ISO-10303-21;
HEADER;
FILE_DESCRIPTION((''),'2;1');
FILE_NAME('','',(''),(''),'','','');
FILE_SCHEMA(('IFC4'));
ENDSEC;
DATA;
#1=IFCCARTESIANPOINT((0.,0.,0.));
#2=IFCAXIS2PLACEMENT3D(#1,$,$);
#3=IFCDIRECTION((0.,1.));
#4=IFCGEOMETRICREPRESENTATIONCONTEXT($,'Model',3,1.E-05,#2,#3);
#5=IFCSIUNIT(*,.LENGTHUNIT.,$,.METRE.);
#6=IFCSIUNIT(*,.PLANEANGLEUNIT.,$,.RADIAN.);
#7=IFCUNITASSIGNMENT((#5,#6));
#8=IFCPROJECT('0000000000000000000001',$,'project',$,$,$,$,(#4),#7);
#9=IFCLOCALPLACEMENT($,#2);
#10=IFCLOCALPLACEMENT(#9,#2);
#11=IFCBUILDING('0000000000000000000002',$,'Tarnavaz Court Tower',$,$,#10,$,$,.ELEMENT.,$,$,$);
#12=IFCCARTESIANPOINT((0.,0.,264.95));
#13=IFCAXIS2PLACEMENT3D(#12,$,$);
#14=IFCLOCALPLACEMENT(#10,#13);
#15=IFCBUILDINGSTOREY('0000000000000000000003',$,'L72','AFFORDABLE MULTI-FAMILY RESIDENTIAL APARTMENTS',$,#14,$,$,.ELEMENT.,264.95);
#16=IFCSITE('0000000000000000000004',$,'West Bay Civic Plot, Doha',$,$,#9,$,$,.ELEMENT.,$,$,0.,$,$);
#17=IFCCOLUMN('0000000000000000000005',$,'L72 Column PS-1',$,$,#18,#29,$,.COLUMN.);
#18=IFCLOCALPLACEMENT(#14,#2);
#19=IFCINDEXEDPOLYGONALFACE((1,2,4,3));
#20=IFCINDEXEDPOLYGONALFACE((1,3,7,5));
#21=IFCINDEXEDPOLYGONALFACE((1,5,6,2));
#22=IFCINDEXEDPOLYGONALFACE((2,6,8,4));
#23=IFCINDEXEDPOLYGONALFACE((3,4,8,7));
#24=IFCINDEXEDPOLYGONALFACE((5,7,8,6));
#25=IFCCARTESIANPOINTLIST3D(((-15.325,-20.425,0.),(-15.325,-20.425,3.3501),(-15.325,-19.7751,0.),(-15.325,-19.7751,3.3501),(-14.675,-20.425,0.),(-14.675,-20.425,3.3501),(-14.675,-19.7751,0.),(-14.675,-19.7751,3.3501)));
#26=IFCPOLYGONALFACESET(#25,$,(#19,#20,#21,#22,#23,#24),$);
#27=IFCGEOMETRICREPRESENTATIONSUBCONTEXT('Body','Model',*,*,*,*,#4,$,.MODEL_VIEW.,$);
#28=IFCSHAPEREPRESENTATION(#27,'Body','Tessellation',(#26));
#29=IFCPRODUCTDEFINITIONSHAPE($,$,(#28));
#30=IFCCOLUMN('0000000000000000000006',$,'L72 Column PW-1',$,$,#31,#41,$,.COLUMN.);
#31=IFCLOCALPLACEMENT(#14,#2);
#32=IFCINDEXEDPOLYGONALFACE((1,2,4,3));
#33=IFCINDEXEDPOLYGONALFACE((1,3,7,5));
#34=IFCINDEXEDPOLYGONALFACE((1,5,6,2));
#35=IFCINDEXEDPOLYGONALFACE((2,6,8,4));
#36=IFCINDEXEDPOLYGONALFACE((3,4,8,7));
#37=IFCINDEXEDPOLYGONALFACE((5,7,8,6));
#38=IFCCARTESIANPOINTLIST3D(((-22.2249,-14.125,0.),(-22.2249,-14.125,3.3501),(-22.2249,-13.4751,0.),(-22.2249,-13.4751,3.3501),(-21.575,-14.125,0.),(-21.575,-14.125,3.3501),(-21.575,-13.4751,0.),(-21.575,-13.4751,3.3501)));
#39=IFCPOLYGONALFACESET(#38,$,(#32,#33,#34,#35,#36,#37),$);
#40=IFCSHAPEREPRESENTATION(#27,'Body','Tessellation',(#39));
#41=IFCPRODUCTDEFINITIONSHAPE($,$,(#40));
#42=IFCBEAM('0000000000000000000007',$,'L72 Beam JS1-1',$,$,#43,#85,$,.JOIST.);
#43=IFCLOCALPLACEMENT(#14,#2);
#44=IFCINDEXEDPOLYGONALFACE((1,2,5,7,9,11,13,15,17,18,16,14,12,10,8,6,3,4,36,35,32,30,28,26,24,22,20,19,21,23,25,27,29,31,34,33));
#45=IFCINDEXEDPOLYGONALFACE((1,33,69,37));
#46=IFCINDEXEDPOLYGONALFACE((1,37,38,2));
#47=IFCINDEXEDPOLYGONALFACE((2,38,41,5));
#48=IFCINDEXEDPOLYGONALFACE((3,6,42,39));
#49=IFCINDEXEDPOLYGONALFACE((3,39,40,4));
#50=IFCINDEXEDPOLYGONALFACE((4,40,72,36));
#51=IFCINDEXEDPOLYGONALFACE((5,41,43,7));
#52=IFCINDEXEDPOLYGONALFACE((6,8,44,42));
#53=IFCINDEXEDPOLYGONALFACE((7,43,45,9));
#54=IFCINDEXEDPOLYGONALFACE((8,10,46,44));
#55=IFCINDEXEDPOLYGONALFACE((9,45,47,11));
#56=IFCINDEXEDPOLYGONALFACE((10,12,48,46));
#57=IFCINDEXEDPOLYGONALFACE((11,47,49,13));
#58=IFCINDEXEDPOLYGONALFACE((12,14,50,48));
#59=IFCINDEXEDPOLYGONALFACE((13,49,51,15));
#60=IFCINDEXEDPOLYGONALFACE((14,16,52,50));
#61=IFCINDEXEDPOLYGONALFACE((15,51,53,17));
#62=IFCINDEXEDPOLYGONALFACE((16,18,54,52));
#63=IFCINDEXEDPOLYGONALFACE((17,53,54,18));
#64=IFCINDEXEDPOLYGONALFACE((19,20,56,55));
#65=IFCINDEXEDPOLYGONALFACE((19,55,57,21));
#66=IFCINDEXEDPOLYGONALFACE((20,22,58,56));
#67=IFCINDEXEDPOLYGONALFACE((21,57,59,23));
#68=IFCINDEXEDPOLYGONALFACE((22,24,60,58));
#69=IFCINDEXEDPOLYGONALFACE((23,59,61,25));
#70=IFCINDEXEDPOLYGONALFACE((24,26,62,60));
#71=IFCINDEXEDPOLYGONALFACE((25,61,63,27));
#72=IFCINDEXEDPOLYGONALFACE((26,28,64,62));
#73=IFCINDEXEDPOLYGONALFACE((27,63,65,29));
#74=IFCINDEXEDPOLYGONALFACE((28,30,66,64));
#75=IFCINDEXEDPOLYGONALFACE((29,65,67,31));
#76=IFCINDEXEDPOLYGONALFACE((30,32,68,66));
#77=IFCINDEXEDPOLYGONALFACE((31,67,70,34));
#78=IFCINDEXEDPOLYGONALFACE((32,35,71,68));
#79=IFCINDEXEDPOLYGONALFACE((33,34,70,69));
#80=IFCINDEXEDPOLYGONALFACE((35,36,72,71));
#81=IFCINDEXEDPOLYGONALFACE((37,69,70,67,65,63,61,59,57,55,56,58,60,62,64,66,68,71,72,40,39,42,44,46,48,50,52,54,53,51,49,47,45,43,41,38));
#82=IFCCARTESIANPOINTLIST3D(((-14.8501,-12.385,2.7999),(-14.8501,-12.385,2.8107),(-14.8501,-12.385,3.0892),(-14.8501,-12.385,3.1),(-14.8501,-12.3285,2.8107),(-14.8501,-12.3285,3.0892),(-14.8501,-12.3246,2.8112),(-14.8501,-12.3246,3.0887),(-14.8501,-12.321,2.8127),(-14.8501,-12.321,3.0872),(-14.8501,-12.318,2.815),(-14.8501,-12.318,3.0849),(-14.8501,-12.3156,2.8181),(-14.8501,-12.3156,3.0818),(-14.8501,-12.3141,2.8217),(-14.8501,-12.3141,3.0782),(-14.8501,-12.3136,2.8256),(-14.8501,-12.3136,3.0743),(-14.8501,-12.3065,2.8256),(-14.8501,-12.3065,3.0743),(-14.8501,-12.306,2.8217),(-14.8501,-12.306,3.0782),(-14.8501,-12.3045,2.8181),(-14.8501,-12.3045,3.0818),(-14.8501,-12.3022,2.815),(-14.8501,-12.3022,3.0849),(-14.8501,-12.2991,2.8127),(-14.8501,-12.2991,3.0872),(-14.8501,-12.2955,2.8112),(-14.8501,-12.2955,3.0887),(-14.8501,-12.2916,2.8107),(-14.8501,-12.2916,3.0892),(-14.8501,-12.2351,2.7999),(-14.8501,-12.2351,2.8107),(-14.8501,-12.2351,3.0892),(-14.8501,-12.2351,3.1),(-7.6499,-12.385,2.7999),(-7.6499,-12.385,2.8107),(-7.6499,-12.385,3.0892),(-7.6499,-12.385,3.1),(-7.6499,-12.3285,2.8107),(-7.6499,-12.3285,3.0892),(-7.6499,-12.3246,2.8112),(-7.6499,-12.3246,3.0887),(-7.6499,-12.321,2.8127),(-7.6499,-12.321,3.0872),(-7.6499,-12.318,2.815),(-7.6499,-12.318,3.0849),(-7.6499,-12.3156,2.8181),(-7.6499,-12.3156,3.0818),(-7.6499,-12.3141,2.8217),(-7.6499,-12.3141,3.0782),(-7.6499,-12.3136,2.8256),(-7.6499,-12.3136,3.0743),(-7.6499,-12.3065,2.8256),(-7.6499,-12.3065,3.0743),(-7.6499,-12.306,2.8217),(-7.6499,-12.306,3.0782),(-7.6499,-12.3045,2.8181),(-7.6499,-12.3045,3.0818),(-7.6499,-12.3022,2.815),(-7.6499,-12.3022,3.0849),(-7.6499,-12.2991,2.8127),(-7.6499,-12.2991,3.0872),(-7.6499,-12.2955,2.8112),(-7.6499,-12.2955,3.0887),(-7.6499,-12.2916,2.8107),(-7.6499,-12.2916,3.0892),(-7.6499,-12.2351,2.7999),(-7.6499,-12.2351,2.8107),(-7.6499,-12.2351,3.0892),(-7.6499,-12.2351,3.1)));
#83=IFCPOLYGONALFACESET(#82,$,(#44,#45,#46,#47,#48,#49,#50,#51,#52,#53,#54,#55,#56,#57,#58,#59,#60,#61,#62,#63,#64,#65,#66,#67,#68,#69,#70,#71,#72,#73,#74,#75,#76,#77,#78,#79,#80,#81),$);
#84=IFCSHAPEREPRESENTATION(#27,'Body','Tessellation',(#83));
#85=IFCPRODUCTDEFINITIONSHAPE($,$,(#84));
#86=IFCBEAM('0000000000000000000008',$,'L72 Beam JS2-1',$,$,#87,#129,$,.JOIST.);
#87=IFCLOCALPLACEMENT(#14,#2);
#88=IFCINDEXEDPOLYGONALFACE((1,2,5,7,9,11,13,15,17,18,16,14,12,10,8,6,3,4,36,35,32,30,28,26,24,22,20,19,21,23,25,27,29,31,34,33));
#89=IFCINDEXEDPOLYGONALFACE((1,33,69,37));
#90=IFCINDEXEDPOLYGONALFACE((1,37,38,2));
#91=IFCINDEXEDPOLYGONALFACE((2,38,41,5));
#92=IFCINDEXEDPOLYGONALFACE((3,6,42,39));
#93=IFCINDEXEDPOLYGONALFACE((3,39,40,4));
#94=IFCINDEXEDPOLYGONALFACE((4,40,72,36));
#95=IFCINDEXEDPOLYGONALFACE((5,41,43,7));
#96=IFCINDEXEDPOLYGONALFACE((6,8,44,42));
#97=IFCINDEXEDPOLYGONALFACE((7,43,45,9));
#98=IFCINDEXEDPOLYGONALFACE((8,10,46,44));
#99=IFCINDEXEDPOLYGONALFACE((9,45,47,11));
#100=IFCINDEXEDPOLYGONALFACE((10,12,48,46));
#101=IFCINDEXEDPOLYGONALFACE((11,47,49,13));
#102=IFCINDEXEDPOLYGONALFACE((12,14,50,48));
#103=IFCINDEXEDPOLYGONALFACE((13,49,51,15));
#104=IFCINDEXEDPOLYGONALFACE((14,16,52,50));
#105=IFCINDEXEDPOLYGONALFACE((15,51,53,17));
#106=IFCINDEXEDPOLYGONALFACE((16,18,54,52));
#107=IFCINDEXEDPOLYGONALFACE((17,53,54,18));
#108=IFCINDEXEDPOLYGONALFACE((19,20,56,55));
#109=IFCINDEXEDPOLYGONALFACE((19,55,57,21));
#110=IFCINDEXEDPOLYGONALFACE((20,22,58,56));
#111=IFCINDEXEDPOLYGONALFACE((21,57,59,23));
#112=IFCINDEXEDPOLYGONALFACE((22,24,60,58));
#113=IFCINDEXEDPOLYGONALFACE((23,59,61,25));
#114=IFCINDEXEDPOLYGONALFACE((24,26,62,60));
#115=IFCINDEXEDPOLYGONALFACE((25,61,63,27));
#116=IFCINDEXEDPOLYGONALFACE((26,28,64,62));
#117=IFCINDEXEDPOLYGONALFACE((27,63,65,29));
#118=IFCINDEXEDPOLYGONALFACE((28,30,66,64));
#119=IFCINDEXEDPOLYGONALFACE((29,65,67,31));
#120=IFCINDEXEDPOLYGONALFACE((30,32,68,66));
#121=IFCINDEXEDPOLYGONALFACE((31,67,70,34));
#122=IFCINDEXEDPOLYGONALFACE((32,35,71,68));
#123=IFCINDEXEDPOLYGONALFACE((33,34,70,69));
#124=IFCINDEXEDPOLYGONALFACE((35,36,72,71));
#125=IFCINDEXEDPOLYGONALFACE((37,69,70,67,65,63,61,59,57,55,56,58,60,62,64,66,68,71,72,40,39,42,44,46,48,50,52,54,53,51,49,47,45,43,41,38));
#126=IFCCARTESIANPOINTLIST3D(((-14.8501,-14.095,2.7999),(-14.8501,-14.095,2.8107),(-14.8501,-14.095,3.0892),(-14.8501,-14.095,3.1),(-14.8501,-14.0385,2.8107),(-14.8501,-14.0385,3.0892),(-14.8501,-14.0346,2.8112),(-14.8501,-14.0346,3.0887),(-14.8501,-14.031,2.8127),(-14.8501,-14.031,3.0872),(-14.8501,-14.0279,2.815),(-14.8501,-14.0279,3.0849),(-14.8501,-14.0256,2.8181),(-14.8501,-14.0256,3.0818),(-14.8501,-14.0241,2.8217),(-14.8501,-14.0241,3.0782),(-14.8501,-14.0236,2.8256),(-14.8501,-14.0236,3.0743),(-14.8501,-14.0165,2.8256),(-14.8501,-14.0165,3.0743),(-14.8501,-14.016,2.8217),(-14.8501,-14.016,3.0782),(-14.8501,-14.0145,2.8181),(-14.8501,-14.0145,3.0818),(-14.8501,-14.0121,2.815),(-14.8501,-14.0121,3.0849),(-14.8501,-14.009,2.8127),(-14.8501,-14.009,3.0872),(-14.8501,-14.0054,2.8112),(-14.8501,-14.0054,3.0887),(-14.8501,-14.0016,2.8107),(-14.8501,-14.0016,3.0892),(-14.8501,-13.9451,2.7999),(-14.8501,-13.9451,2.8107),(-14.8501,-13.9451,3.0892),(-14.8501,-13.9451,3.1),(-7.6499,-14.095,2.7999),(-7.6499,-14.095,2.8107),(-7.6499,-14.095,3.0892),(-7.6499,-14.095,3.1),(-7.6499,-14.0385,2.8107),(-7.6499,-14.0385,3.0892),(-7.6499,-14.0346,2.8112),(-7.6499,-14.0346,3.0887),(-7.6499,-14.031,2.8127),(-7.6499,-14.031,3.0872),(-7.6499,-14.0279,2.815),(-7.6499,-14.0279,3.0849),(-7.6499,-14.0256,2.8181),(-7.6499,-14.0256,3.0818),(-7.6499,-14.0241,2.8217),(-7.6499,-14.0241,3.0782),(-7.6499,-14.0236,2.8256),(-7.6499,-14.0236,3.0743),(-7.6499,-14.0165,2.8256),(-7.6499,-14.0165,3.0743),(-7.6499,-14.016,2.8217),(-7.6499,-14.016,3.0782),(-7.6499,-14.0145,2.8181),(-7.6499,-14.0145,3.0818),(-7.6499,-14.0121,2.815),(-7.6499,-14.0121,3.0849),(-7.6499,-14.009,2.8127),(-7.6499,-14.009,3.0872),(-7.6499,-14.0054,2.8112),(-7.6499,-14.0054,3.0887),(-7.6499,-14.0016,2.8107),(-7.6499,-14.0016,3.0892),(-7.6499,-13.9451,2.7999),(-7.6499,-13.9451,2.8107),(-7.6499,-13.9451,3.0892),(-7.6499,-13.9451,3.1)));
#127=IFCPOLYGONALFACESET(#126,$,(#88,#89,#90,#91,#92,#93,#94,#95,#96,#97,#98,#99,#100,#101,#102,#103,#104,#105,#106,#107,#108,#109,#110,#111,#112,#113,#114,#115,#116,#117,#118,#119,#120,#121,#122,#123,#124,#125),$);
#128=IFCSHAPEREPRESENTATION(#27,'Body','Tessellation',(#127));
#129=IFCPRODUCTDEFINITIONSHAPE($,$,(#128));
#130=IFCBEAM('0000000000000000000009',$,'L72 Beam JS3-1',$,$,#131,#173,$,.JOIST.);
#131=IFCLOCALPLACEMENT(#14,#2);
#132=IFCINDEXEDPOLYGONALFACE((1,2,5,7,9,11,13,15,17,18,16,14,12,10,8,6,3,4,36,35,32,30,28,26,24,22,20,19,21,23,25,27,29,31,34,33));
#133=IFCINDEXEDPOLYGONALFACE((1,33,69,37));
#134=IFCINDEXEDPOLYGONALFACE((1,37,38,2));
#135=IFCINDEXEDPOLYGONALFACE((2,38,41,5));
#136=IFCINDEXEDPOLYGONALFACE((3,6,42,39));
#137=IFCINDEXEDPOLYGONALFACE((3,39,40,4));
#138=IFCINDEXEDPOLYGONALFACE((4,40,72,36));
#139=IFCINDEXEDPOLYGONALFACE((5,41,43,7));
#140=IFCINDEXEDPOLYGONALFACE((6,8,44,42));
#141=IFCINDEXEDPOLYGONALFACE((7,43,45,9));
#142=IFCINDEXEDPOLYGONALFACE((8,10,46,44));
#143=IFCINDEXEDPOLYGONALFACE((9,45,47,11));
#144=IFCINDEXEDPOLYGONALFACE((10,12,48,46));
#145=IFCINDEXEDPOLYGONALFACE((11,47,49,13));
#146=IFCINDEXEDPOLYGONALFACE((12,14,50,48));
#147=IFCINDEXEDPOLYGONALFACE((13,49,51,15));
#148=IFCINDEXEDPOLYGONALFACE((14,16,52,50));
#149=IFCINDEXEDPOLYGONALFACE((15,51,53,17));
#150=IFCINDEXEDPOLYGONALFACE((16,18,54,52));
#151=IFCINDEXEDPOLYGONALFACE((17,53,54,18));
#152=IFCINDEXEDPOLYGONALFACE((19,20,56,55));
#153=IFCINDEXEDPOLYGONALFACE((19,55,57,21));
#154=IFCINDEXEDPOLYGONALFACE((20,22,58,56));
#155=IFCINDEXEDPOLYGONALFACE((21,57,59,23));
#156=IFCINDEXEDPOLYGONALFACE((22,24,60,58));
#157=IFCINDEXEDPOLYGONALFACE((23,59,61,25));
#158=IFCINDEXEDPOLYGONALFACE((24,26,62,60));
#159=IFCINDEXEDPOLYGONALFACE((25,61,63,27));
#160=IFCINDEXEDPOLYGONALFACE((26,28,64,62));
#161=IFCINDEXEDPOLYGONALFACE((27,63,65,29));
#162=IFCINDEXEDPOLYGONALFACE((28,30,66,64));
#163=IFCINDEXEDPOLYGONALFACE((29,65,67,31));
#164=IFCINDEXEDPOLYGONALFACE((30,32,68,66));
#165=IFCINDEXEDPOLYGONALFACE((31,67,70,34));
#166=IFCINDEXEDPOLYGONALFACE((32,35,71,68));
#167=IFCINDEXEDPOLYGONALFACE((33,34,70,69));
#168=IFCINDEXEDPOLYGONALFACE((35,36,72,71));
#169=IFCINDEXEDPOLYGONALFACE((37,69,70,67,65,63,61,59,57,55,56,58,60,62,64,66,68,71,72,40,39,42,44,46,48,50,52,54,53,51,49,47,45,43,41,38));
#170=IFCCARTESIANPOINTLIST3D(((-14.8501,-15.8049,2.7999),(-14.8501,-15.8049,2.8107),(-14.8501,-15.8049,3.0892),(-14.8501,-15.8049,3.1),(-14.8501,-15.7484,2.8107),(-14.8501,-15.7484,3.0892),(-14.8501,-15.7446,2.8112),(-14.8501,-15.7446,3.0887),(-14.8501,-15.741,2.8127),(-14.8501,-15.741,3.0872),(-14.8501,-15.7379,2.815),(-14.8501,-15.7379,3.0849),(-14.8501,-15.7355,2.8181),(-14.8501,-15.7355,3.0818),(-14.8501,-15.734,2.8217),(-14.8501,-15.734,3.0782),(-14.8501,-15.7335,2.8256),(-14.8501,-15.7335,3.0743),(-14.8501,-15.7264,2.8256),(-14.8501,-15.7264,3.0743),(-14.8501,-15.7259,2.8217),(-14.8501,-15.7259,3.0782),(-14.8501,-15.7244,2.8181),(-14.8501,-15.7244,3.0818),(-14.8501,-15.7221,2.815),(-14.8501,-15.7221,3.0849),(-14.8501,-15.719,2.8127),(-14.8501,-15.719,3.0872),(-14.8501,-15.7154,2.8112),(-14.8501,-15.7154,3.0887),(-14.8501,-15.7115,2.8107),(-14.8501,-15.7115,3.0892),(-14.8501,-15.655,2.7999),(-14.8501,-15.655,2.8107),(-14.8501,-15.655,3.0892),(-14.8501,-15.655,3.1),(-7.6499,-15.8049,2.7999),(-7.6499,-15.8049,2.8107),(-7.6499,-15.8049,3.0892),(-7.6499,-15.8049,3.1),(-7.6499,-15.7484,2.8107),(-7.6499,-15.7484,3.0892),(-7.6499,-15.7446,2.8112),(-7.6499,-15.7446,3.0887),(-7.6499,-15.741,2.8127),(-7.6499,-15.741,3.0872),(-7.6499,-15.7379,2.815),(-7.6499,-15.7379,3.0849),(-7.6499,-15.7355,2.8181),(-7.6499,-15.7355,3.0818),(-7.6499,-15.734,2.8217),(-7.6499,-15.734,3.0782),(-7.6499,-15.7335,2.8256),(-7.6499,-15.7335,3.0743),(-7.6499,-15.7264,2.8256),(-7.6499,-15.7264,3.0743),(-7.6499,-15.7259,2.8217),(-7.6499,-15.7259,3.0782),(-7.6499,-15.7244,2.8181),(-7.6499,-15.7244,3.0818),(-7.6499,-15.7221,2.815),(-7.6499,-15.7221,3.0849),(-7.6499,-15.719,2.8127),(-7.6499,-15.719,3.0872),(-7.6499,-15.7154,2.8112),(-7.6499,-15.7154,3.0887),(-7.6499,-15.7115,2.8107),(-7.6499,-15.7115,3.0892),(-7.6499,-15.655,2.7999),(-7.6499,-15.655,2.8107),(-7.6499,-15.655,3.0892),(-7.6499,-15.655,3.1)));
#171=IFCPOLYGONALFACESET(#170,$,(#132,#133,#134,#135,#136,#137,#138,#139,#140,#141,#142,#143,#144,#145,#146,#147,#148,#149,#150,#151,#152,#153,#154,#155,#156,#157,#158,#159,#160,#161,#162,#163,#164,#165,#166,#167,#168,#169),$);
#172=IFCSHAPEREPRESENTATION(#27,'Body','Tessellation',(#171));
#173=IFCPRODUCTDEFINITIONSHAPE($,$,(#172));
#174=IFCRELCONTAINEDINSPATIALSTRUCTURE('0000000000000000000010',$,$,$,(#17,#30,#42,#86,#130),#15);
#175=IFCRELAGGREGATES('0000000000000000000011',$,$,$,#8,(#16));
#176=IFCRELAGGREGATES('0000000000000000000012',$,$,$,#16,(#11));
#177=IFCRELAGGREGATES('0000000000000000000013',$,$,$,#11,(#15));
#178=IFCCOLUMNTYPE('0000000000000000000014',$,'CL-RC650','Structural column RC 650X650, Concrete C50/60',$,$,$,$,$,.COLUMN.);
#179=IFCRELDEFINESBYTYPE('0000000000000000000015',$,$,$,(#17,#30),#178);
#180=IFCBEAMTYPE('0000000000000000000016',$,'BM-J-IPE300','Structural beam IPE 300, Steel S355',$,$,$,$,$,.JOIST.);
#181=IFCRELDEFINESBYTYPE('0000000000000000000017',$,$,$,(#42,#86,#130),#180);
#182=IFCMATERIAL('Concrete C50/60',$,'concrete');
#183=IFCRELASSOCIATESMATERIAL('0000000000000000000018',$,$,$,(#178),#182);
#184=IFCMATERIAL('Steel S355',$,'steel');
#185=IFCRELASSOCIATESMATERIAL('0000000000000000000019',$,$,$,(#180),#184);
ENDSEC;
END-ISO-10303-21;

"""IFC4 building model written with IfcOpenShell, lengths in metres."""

from ifc_helpers import new_model, si_unit, direction, frame, origin, origin_2d, place, context, subcontext, project, spatial, rectangle, i_section, extrude, material, material_profile, profile_set, type_object, element, save


model = new_model("IFC4")

# Units and contexts
model_context = context("Model", 3, precision=1e-05, world=origin(), true_north=direction((0.0, 1.0)))
body_context = subcontext(model_context, "Body", "Model", "MODEL_VIEW")
ifc_project = project(units=[si_unit("LENGTHUNIT", "METRE"), si_unit("PLANEANGLEUNIT", "RADIAN")], contexts=[model_context])

# Site, building, storey
site_placement = place(None, origin())
site = spatial("IfcSite", under=ifc_project, at=site_placement, Name="West Bay Civic Plot, Doha", CompositionType="ELEMENT", RefElevation=0.0)
building_placement = place(site_placement, origin())
building = spatial("IfcBuilding", under=site, at=building_placement, Name="Tarnavaz Court Tower", CompositionType="ELEMENT")
storey_placement = place(building_placement, frame((0.0, 0.0, 264.95)))
storey = spatial("IfcBuildingStorey", under=building, at=storey_placement, Name="L72", Description="AFFORDABLE MULTI-FAMILY RESIDENTIAL APARTMENTS", CompositionType="ELEMENT", Elevation=264.95)

# Columns
ifc_material_1 = material(Name="Concrete C50/60", Category="concrete")
ifc_material_profile_1 = material_profile(ifc_material_1, rectangle(XDim=0.6499, YDim=0.6499, at=origin_2d()), Name="RC 650X650")
ifc_profile_set_1 = profile_set([ifc_material_profile_1], Name="Concrete C50/60")
column_type = type_object("IfcColumnType", Name="CL-RC650", Description="Structural column RC 650X650, Concrete C50/60", PredefinedType="COLUMN", material=ifc_profile_set_1)
for number, where, z_axis, x_axis, name in (
    (1, (-15.0, -20.1001, 0.0), (0.0, 0.0, 1.0), (1.0, 0.0, 0.0), "L72 Column PS-1"),
    (2, (-21.8999, -13.8, 0.0), (0.0, 0.0, 1.0), (1.0, 0.0, 0.0), "L72 Column PW-1"),
):
    element("IfcColumn", number, at=place(storey_placement, frame(where, z_axis=z_axis, x_axis=x_axis)), inside=storey, type_object=column_type, Name=name, PredefinedType="COLUMN", context=body_context, shape_type="SweptSolid", body=[
        extrude(rectangle(XDim=0.6499, YDim=0.6499, at=origin_2d()), origin(), (0.0, 0.0, 1.0), 3.3501),
    ])

# Beams
ifc_material_2 = material(Name="Steel S355", Category="steel")
ifc_material_profile_2 = material_profile(ifc_material_2, i_section(OverallWidth=0.1499, OverallDepth=0.3, WebThickness=0.0071, FlangeThickness=0.0107, FilletRadius=0.0149, at=origin_2d()), Name="IPE 300")
ifc_profile_set_2 = profile_set([ifc_material_profile_2], Name="Steel S355")
beam_type_1 = type_object("IfcBeamType", Name="BM-J-IPE300", Description="Structural beam IPE 300, Steel S355", PredefinedType="JOIST", material=ifc_profile_set_2)
for number, where, z_axis, x_axis, name in (
    (3, (-14.8501, -12.3101, 2.95), (1.0, 0.0, 0.0), (0.0, 1.0, 0.0), "L72 Beam JS1-1"),
    (4, (-14.8501, -14.02, 2.95), (1.0, 0.0, 0.0), (0.0, 1.0, 0.0), "L72 Beam JS2-1"),
    (5, (-14.8501, -15.73, 2.95), (1.0, 0.0, 0.0), (0.0, 1.0, 0.0), "L72 Beam JS3-1"),
):
    element("IfcBeam", number, at=place(storey_placement, frame(where, z_axis=z_axis, x_axis=x_axis)), inside=storey, type_object=beam_type_1, Name=name, PredefinedType="JOIST", context=body_context, shape_type="SweptSolid", body=[
        extrude(i_section(OverallWidth=0.1499, OverallDepth=0.3, WebThickness=0.0071, FlangeThickness=0.0107, FilletRadius=0.0149, at=origin_2d()), origin(), (0.0, 0.0, 1.0), 7.2002),
    ])

save(model, "model.ifc")
